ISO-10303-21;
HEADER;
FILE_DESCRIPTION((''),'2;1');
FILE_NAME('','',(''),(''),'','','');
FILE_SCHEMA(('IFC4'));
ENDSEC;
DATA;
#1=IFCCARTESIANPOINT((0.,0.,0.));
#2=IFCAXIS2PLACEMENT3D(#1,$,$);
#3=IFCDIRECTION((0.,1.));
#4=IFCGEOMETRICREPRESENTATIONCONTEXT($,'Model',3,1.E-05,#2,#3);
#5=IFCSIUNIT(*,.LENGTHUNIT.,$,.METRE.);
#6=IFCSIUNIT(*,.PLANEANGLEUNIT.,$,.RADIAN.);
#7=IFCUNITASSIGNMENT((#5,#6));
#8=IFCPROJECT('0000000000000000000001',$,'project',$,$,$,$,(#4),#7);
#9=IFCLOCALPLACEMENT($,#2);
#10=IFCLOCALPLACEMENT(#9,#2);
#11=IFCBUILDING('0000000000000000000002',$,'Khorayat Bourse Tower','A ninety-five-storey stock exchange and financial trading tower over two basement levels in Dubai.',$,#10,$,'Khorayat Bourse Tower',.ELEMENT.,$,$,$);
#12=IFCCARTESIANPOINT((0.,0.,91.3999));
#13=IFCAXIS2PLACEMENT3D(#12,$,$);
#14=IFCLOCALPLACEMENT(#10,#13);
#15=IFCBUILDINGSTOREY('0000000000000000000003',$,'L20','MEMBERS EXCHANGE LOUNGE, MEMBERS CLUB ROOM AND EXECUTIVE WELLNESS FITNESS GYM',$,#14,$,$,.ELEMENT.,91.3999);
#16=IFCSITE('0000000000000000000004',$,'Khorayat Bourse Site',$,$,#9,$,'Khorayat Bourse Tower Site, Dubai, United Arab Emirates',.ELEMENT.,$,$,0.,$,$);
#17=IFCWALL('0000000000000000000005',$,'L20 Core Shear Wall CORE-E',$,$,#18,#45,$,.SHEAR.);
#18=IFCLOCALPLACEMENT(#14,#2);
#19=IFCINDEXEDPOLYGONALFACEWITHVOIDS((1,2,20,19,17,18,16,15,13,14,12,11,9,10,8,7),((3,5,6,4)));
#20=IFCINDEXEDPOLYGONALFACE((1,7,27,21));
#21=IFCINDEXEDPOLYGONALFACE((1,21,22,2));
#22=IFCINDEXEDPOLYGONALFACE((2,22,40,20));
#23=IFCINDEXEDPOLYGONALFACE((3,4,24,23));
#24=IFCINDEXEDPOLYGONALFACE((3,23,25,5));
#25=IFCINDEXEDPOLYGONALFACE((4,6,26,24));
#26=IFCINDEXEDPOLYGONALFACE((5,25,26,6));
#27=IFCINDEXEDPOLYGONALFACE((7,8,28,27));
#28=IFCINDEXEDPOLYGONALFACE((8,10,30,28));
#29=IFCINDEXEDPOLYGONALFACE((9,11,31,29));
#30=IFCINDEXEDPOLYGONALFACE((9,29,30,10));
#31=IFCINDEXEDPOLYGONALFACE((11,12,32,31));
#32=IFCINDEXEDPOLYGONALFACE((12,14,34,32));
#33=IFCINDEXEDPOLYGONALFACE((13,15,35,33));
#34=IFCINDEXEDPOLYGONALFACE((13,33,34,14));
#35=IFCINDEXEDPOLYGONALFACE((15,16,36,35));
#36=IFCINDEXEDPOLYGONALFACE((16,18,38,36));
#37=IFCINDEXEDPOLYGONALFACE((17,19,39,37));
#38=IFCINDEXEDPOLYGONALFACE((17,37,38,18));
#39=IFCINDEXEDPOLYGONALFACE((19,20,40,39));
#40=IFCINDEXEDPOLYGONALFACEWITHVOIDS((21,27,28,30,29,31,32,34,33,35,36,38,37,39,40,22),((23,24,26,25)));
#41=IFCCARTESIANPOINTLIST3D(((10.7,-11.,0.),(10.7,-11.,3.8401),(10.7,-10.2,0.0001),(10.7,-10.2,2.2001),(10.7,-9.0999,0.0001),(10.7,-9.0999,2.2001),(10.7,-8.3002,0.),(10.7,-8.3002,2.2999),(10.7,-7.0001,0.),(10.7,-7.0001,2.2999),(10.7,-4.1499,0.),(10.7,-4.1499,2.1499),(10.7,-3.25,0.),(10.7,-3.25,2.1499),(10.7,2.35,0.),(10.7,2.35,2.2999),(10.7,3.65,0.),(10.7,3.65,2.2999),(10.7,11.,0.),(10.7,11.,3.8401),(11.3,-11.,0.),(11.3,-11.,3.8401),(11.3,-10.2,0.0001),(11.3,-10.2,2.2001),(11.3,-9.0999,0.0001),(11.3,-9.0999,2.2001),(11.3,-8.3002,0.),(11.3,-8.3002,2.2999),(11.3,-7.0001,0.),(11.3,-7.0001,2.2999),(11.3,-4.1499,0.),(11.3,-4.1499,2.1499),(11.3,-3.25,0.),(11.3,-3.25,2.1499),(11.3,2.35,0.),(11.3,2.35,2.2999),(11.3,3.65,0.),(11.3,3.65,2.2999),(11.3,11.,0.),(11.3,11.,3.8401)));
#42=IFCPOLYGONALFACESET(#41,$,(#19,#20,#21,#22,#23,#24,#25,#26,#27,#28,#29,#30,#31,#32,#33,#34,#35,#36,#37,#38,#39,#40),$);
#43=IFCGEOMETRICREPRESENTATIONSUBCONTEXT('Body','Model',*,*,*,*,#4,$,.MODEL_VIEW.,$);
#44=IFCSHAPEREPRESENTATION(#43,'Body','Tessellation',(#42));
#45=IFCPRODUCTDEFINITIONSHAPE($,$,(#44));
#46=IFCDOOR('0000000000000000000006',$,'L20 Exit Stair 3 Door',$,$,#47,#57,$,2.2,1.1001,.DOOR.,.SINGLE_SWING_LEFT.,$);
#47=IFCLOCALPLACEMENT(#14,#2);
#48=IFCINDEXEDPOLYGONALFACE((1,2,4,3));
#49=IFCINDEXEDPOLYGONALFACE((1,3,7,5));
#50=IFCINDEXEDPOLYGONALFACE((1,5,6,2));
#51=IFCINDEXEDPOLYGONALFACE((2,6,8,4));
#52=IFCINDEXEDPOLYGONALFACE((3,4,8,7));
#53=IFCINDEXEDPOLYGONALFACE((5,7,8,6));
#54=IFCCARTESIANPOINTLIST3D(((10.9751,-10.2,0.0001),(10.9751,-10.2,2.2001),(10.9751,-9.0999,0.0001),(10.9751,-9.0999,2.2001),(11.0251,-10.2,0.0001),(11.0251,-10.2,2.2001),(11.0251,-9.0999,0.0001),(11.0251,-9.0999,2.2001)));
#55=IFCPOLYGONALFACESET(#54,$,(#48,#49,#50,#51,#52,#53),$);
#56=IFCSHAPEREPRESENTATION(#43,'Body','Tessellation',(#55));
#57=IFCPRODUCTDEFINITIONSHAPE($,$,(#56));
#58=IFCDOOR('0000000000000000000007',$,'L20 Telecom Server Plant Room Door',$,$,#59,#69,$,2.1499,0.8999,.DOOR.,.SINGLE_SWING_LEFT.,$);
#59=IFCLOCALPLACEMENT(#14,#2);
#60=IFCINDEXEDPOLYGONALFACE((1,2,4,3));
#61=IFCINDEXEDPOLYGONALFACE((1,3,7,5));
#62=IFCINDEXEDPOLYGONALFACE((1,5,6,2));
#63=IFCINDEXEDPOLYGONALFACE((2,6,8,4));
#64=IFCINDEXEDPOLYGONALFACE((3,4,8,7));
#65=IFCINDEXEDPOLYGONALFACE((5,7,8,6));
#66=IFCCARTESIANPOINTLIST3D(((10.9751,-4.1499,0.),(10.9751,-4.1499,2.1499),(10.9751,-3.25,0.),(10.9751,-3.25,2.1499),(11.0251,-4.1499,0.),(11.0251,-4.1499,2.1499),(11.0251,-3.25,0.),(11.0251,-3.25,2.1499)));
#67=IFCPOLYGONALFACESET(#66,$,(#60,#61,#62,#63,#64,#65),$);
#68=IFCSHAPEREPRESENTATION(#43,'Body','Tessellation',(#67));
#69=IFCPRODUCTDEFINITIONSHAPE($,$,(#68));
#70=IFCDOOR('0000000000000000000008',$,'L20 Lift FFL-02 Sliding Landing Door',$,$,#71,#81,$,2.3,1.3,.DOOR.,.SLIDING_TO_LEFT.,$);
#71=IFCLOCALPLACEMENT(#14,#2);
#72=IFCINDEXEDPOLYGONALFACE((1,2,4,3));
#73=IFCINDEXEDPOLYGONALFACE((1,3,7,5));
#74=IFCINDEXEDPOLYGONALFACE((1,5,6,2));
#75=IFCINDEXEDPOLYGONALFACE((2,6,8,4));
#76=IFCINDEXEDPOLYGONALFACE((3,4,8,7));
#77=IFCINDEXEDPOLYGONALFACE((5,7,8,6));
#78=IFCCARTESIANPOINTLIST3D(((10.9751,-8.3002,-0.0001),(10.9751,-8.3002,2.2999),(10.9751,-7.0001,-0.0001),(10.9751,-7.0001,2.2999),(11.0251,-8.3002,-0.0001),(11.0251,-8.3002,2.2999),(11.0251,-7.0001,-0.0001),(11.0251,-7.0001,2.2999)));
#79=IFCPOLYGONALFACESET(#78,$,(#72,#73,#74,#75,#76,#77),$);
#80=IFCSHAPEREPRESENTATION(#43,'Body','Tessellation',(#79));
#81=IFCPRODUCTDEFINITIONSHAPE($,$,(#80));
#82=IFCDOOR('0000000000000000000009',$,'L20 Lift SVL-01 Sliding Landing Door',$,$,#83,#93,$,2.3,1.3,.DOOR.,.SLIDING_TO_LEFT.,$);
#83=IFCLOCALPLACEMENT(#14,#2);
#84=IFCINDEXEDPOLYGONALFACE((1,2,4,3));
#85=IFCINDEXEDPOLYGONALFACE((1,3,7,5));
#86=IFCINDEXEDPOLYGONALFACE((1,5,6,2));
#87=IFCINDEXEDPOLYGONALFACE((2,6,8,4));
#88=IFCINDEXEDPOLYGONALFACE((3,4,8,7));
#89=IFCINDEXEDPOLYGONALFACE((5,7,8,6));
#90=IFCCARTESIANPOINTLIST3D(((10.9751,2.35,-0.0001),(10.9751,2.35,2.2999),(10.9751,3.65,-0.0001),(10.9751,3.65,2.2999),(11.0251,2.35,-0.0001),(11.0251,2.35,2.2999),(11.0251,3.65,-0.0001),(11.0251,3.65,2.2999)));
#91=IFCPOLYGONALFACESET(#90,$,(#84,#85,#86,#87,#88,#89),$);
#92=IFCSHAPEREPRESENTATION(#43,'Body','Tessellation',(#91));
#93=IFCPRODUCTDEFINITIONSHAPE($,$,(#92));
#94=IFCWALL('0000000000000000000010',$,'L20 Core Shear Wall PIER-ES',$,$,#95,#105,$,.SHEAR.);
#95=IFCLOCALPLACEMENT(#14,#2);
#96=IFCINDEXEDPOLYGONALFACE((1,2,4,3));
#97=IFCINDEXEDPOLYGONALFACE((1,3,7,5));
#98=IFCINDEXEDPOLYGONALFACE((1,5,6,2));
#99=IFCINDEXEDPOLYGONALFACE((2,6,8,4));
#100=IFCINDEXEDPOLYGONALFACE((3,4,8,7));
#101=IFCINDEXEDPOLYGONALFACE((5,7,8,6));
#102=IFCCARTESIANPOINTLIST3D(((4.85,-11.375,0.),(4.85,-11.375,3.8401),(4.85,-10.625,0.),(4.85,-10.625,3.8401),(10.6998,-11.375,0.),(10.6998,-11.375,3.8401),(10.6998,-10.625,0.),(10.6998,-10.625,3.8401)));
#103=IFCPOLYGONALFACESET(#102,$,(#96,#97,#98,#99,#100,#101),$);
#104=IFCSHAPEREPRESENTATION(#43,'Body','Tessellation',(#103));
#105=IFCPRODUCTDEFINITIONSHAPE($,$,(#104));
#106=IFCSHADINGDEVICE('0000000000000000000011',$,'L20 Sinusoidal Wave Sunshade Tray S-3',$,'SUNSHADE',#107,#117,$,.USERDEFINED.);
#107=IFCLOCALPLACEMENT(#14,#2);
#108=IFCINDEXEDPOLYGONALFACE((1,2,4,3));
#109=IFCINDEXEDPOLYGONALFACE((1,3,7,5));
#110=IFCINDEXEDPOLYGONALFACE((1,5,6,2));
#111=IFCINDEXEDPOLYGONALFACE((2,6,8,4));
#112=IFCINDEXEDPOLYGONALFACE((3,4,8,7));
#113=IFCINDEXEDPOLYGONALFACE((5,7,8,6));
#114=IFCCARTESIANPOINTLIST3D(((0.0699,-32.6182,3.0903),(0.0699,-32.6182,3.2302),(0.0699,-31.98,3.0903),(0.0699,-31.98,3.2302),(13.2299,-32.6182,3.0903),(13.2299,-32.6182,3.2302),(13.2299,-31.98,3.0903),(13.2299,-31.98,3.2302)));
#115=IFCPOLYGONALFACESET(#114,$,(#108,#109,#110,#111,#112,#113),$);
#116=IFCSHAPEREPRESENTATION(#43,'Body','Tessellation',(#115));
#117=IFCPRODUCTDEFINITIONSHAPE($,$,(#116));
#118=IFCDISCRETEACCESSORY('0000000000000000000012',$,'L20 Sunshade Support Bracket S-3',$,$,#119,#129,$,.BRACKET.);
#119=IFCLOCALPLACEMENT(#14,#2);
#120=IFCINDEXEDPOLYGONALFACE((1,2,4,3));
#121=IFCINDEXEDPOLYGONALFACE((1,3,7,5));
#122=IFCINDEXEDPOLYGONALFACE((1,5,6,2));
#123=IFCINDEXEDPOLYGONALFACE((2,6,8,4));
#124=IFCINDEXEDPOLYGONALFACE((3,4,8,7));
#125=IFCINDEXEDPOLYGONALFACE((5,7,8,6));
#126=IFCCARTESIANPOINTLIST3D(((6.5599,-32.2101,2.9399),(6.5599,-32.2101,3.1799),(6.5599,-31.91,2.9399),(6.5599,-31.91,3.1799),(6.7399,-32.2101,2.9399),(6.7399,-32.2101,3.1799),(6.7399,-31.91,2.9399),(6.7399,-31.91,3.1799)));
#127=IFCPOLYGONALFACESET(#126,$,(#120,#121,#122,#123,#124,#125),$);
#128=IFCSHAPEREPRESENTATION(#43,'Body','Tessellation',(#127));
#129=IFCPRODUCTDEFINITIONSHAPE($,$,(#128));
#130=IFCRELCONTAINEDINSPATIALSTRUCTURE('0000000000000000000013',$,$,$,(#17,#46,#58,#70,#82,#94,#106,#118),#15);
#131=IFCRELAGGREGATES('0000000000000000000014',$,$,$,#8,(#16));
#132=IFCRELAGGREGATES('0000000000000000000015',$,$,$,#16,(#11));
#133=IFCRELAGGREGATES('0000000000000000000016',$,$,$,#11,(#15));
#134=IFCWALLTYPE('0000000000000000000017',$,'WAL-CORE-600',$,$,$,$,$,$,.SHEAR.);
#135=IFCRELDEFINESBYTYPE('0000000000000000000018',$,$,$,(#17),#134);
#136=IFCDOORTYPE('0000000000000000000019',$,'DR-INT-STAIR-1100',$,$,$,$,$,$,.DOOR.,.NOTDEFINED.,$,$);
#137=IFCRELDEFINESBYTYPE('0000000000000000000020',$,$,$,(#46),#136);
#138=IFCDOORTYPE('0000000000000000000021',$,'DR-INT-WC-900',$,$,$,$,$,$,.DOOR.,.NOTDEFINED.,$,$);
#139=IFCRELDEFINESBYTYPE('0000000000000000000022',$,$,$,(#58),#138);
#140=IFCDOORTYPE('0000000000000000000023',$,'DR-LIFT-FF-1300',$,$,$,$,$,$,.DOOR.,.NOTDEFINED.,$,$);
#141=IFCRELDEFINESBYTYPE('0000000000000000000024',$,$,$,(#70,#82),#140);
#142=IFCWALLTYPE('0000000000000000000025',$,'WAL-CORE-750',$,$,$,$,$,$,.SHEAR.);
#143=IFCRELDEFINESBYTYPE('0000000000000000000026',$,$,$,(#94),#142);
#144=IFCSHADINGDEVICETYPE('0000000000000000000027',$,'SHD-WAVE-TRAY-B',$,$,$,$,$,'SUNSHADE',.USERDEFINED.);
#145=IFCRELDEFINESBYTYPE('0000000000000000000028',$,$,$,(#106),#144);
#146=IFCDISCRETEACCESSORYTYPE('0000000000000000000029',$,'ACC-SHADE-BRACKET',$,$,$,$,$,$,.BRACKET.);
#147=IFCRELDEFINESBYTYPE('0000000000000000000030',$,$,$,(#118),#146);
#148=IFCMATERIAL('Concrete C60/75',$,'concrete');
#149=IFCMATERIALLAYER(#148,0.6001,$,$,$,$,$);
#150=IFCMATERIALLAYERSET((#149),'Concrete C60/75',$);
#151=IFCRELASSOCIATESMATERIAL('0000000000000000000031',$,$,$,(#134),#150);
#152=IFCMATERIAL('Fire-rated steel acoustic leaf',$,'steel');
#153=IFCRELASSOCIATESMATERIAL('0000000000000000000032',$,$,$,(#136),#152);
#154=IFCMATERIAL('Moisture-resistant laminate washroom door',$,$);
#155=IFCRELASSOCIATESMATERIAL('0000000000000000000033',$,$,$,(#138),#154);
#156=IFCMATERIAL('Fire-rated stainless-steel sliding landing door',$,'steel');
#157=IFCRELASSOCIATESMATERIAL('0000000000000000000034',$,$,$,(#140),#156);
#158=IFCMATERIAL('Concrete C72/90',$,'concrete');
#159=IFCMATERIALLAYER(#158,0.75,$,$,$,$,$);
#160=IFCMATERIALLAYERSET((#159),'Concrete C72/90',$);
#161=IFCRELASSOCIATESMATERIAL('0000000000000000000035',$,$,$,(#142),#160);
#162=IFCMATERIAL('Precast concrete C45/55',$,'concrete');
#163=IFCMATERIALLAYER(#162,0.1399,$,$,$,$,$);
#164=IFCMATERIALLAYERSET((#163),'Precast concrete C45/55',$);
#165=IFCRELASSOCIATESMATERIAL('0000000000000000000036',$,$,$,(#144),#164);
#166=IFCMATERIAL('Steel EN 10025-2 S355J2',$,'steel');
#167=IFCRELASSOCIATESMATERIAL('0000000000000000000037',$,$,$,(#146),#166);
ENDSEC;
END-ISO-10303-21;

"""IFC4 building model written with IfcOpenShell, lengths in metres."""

from ifc_helpers import new_model, si_unit, direction, frame, frame_2d, origin, origin_2d, place, context, subcontext, project, spatial, rectangle, extrude, source, transform, mapped, material, layer, layer_set, type_object, element, fill, save


model = new_model("IFC4")

# Units and contexts
model_context = context("Model", 3, precision=1e-05, world=origin(), true_north=direction((0.0, 1.0)))
body_context = subcontext(model_context, "Body", "Model", "MODEL_VIEW")
ifc_project = project(units=[si_unit("LENGTHUNIT", "METRE"), si_unit("PLANEANGLEUNIT", "RADIAN")], contexts=[model_context])

# Site, building, storey
site_placement = place(None, origin())
site = spatial("IfcSite", under=ifc_project, at=site_placement, Name="Khorayat Bourse Site", LongName="Khorayat Bourse Tower Site, Dubai, United Arab Emirates", CompositionType="ELEMENT", RefElevation=0.0)
building_placement = place(site_placement, origin())
building = spatial("IfcBuilding", under=site, at=building_placement, Name="Khorayat Bourse Tower", Description="A ninety-five-storey stock exchange and financial trading tower over two basement levels in Dubai.", LongName="Khorayat Bourse Tower", CompositionType="ELEMENT")
storey_placement = place(building_placement, frame((0.0, 0.0, 91.3999)))
storey = spatial("IfcBuildingStorey", under=building, at=storey_placement, Name="L20", Description="MEMBERS EXCHANGE LOUNGE, MEMBERS CLUB ROOM AND EXECUTIVE WELLNESS FITNESS GYM", CompositionType="ELEMENT", Elevation=91.3999)

# Shared definitions
ifc_material_1 = material(Name="Concrete C72/90", Category="concrete")

# Shared definitions
ifc_material_2 = material(Name="Steel EN 10025-2 S355J2", Category="steel")

# Wall, openings, doors
ifc_material_3 = material(Name="Concrete C60/75", Category="concrete")
ifc_layer_1 = layer(ifc_material_3, 0.6001)
ifc_layer_set_1 = layer_set([ifc_layer_1], Name="Concrete C60/75")
wall_type_1 = type_object("IfcWallType", Name="WAL-CORE-600", PredefinedType="SHEAR", material=ifc_layer_set_1)
shared_shape_1 = source(origin(), body_context, "Body", "SweptSolid", [
    extrude(rectangle(XDim=22.0, YDim=0.6001, at=frame_2d((11.0, 0.0))), origin(), (0.0, 0.0, 1.0), 3.8401),
])
wall_1_placement = place(storey_placement, frame((11.0, -11.0, 0.0), z_axis=(0.0, 0.0, 1.0), x_axis=(0.0, 1.0, 0.0)))
wall_1 = element("IfcWall", 1, at=wall_1_placement, inside=storey, type_object=wall_type_1, Name="L20 Core Shear Wall CORE-E", PredefinedType="SHEAR", context=body_context, shape_type="MappedRepresentation", body=[
    mapped(shared_shape_1, transform((0.0, 0.0, 0.0), scale=1.0)),
])
shared_shape_2 = source(origin(), body_context, "Body", "SweptSolid", [
    extrude(rectangle(XDim=1.1001, YDim=2.2, at=frame_2d((0.55, 1.1001))), frame((0.0, 0.3101, 0.0), z_axis=(0.0, -1.0, 0.0), x_axis=(1.0, 0.0, 0.0)), (0.0, 0.0, 1.0), 0.6201),
])
opening_1_placement = place(wall_1_placement, frame((0.8, 0.0, 0.0)))
opening_1 = element("IfcOpeningElement", 2, at=opening_1_placement, cuts=wall_1, PredefinedType="OPENING", context=body_context, shape_type="MappedRepresentation", body=[
    mapped(shared_shape_2, transform((0.0, 0.0, 0.0), scale=1.0)),
])
shared_shape_3 = source(origin(), body_context, "Body", "SweptSolid", [
    extrude(rectangle(XDim=0.8999, YDim=2.1499, at=frame_2d((0.45, 1.075))), frame((0.0, 0.3101, 0.0), z_axis=(0.0, -1.0, 0.0), x_axis=(1.0, 0.0, 0.0)), (0.0, 0.0, 1.0), 0.6201),
])
opening_2_placement = place(wall_1_placement, frame((6.8501, 0.0, 0.0)))
opening_2 = element("IfcOpeningElement", 3, at=opening_2_placement, cuts=wall_1, PredefinedType="OPENING", context=body_context, shape_type="MappedRepresentation", body=[
    mapped(shared_shape_3, transform((0.0, 0.0, 0.0), scale=1.0)),
])
shared_shape_4 = source(origin(), body_context, "Body", "SweptSolid", [
    extrude(rectangle(XDim=1.3, YDim=2.3, at=frame_2d((0.6499, 1.1499))), frame((0.0, 0.3101, 0.0), z_axis=(0.0, -1.0, 0.0), x_axis=(1.0, 0.0, 0.0)), (0.0, 0.0, 1.0), 0.6201),
])
opening_3_placement = place(wall_1_placement, frame((2.7, 0.0, 0.0)))
opening_3 = element("IfcOpeningElement", 4, at=opening_3_placement, cuts=wall_1, PredefinedType="OPENING", context=body_context, shape_type="MappedRepresentation", body=[
    mapped(shared_shape_4, transform((0.0, 0.0, 0.0), scale=1.0)),
])
opening_4_placement = place(wall_1_placement, frame((13.3501, 0.0, 0.0)))
opening_4 = element("IfcOpeningElement", 5, at=opening_4_placement, cuts=wall_1, PredefinedType="OPENING", context=body_context, shape_type="MappedRepresentation", body=[
    mapped(shared_shape_4, transform((0.0, 0.0, 0.0), scale=1.0)),
])
ifc_material_4 = material(Name="Fire-rated steel acoustic leaf", Category="steel")
door_type_1 = type_object("IfcDoorType", Name="DR-INT-STAIR-1100", OperationType="NOTDEFINED", PredefinedType="DOOR", material=ifc_material_4)
shared_shape_5 = source(origin(), body_context, "Body", "SweptSolid", [
    extrude(rectangle(XDim=1.1001, YDim=2.2, at=frame_2d((0.55, 1.1001))), frame((0.0, 0.0249, 0.0), z_axis=(0.0, -1.0, 0.0), x_axis=(1.0, 0.0, 0.0)), (0.0, 0.0, 1.0), 0.05),
])
door_1_placement = place(opening_1_placement, origin())
door_1 = element("IfcDoor", 6, at=door_1_placement, inside=storey, type_object=door_type_1, Name="L20 Exit Stair 3 Door", OperationType="SINGLE_SWING_LEFT", OverallHeight=2.2, OverallWidth=1.1001, PredefinedType="DOOR", context=body_context, shape_type="MappedRepresentation", body=[
    mapped(shared_shape_5, transform((0.0, 0.0, 0.0), scale=1.0)),
])
fill(opening_1, door_1)
ifc_material_5 = material(Name="Moisture-resistant laminate washroom door")
door_type_2 = type_object("IfcDoorType", Name="DR-INT-WC-900", OperationType="NOTDEFINED", PredefinedType="DOOR", material=ifc_material_5)
shared_shape_6 = source(origin(), body_context, "Body", "SweptSolid", [
    extrude(rectangle(XDim=0.8999, YDim=2.1499, at=frame_2d((0.45, 1.075))), frame((0.0, 0.0249, 0.0), z_axis=(0.0, -1.0, 0.0), x_axis=(1.0, 0.0, 0.0)), (0.0, 0.0, 1.0), 0.05),
])
door_2_placement = place(opening_2_placement, origin())
door_2 = element("IfcDoor", 7, at=door_2_placement, inside=storey, type_object=door_type_2, Name="L20 Telecom Server Plant Room Door", OperationType="SINGLE_SWING_LEFT", OverallHeight=2.1499, OverallWidth=0.8999, PredefinedType="DOOR", context=body_context, shape_type="MappedRepresentation", body=[
    mapped(shared_shape_6, transform((0.0, 0.0, 0.0), scale=1.0)),
])
fill(opening_2, door_2)
ifc_material_6 = material(Name="Fire-rated stainless-steel sliding landing door", Category="steel")
door_type_3 = type_object("IfcDoorType", Name="DR-LIFT-FF-1300", OperationType="NOTDEFINED", PredefinedType="DOOR", material=ifc_material_6)
shared_shape_7 = source(origin(), body_context, "Body", "SweptSolid", [
    extrude(rectangle(XDim=1.3, YDim=2.3, at=frame_2d((0.6499, 1.1499))), frame((0.0, 0.0249, 0.0), z_axis=(0.0, -1.0, 0.0), x_axis=(1.0, 0.0, 0.0)), (0.0, 0.0, 1.0), 0.05),
])
door_3_placement = place(opening_3_placement, origin())
door_3 = element("IfcDoor", 8, at=door_3_placement, inside=storey, type_object=door_type_3, Name="L20 Lift FFL-02 Sliding Landing Door", OperationType="SLIDING_TO_LEFT", OverallHeight=2.3, OverallWidth=1.3, PredefinedType="DOOR", context=body_context, shape_type="MappedRepresentation", body=[
    mapped(shared_shape_7, transform((0.0, 0.0, 0.0), scale=1.0)),
])
fill(opening_3, door_3)
door_4_placement = place(opening_4_placement, origin())
door_4 = element("IfcDoor", 9, at=door_4_placement, inside=storey, type_object=door_type_3, Name="L20 Lift SVL-01 Sliding Landing Door", OperationType="SLIDING_TO_LEFT", OverallHeight=2.3, OverallWidth=1.3, PredefinedType="DOOR", context=body_context, shape_type="MappedRepresentation", body=[
    mapped(shared_shape_7, transform((0.0, 0.0, 0.0), scale=1.0)),
])
fill(opening_4, door_4)

# Wall
ifc_layer_2 = layer(ifc_material_1, 0.75)
ifc_layer_set_2 = layer_set([ifc_layer_2], Name="Concrete C72/90")
wall_type_2 = type_object("IfcWallType", Name="WAL-CORE-750", PredefinedType="SHEAR", material=ifc_layer_set_2)
shared_shape_8 = source(origin(), body_context, "Body", "SweptSolid", [
    extrude(rectangle(XDim=5.8499, YDim=0.75, at=frame_2d((2.9248, 0.0))), origin(), (0.0, 0.0, 1.0), 3.8401),
])
wall_2_placement = place(storey_placement, frame((4.8501, -11.0, 0.0), z_axis=(0.0, 0.0, 1.0), x_axis=(1.0, 0.0, 0.0)))
element("IfcWall", 10, at=wall_2_placement, inside=storey, type_object=wall_type_2, Name="L20 Core Shear Wall PIER-ES", PredefinedType="SHEAR", context=body_context, shape_type="MappedRepresentation", body=[
    mapped(shared_shape_8, transform((0.0, 0.0, 0.0), scale=1.0)),
])

# Shading device
ifc_material_7 = material(Name="Precast concrete C45/55", Category="concrete")
ifc_layer_3 = layer(ifc_material_7, 0.1399)
ifc_layer_set_3 = layer_set([ifc_layer_3], Name="Precast concrete C45/55")
shading_device_type = type_object("IfcShadingDeviceType", Name="SHD-WAVE-TRAY-B", ElementType="SUNSHADE", PredefinedType="USERDEFINED", material=ifc_layer_set_3)
shared_shape_9 = source(origin(), body_context, "Body", "SweptSolid", [
    extrude(rectangle(XDim=13.1599, YDim=0.6382, at=origin_2d()), origin(), (0.0, 0.0, 1.0), 0.1399),
])
shading_device_placement = place(storey_placement, frame((6.6499, -32.2991, 3.0903), z_axis=(0.0, 0.0, 1.0), x_axis=(1.0, 0.0, 0.0)))
element("IfcShadingDevice", 11, at=shading_device_placement, inside=storey, type_object=shading_device_type, Name="L20 Sinusoidal Wave Sunshade Tray S-3", ObjectType="SUNSHADE", PredefinedType="USERDEFINED", context=body_context, shape_type="MappedRepresentation", body=[
    mapped(shared_shape_9, transform((0.0, 0.0, 0.0), scale=1.0)),
])

# Discrete accessory
discrete_accessory_type = type_object("IfcDiscreteAccessoryType", Name="ACC-SHADE-BRACKET", PredefinedType="BRACKET", material=ifc_material_2)
shared_shape_10 = source(origin(), body_context, "Body", "SweptSolid", [
    extrude(rectangle(XDim=0.1799, YDim=0.3, at=origin_2d()), origin(), (0.0, 0.0, 1.0), 0.24),
])
discrete_accessory_placement = place(storey_placement, frame((6.6499, -32.0601, 2.9399), z_axis=(0.0, 0.0, 1.0), x_axis=(1.0, 0.0, 0.0)))
element("IfcDiscreteAccessory", 12, at=discrete_accessory_placement, inside=storey, type_object=discrete_accessory_type, Name="L20 Sunshade Support Bracket S-3", PredefinedType="BRACKET", context=body_context, shape_type="MappedRepresentation", body=[
    mapped(shared_shape_10, transform((0.0, 0.0, 0.0), scale=1.0)),
])

save(model, "model.ifc")
